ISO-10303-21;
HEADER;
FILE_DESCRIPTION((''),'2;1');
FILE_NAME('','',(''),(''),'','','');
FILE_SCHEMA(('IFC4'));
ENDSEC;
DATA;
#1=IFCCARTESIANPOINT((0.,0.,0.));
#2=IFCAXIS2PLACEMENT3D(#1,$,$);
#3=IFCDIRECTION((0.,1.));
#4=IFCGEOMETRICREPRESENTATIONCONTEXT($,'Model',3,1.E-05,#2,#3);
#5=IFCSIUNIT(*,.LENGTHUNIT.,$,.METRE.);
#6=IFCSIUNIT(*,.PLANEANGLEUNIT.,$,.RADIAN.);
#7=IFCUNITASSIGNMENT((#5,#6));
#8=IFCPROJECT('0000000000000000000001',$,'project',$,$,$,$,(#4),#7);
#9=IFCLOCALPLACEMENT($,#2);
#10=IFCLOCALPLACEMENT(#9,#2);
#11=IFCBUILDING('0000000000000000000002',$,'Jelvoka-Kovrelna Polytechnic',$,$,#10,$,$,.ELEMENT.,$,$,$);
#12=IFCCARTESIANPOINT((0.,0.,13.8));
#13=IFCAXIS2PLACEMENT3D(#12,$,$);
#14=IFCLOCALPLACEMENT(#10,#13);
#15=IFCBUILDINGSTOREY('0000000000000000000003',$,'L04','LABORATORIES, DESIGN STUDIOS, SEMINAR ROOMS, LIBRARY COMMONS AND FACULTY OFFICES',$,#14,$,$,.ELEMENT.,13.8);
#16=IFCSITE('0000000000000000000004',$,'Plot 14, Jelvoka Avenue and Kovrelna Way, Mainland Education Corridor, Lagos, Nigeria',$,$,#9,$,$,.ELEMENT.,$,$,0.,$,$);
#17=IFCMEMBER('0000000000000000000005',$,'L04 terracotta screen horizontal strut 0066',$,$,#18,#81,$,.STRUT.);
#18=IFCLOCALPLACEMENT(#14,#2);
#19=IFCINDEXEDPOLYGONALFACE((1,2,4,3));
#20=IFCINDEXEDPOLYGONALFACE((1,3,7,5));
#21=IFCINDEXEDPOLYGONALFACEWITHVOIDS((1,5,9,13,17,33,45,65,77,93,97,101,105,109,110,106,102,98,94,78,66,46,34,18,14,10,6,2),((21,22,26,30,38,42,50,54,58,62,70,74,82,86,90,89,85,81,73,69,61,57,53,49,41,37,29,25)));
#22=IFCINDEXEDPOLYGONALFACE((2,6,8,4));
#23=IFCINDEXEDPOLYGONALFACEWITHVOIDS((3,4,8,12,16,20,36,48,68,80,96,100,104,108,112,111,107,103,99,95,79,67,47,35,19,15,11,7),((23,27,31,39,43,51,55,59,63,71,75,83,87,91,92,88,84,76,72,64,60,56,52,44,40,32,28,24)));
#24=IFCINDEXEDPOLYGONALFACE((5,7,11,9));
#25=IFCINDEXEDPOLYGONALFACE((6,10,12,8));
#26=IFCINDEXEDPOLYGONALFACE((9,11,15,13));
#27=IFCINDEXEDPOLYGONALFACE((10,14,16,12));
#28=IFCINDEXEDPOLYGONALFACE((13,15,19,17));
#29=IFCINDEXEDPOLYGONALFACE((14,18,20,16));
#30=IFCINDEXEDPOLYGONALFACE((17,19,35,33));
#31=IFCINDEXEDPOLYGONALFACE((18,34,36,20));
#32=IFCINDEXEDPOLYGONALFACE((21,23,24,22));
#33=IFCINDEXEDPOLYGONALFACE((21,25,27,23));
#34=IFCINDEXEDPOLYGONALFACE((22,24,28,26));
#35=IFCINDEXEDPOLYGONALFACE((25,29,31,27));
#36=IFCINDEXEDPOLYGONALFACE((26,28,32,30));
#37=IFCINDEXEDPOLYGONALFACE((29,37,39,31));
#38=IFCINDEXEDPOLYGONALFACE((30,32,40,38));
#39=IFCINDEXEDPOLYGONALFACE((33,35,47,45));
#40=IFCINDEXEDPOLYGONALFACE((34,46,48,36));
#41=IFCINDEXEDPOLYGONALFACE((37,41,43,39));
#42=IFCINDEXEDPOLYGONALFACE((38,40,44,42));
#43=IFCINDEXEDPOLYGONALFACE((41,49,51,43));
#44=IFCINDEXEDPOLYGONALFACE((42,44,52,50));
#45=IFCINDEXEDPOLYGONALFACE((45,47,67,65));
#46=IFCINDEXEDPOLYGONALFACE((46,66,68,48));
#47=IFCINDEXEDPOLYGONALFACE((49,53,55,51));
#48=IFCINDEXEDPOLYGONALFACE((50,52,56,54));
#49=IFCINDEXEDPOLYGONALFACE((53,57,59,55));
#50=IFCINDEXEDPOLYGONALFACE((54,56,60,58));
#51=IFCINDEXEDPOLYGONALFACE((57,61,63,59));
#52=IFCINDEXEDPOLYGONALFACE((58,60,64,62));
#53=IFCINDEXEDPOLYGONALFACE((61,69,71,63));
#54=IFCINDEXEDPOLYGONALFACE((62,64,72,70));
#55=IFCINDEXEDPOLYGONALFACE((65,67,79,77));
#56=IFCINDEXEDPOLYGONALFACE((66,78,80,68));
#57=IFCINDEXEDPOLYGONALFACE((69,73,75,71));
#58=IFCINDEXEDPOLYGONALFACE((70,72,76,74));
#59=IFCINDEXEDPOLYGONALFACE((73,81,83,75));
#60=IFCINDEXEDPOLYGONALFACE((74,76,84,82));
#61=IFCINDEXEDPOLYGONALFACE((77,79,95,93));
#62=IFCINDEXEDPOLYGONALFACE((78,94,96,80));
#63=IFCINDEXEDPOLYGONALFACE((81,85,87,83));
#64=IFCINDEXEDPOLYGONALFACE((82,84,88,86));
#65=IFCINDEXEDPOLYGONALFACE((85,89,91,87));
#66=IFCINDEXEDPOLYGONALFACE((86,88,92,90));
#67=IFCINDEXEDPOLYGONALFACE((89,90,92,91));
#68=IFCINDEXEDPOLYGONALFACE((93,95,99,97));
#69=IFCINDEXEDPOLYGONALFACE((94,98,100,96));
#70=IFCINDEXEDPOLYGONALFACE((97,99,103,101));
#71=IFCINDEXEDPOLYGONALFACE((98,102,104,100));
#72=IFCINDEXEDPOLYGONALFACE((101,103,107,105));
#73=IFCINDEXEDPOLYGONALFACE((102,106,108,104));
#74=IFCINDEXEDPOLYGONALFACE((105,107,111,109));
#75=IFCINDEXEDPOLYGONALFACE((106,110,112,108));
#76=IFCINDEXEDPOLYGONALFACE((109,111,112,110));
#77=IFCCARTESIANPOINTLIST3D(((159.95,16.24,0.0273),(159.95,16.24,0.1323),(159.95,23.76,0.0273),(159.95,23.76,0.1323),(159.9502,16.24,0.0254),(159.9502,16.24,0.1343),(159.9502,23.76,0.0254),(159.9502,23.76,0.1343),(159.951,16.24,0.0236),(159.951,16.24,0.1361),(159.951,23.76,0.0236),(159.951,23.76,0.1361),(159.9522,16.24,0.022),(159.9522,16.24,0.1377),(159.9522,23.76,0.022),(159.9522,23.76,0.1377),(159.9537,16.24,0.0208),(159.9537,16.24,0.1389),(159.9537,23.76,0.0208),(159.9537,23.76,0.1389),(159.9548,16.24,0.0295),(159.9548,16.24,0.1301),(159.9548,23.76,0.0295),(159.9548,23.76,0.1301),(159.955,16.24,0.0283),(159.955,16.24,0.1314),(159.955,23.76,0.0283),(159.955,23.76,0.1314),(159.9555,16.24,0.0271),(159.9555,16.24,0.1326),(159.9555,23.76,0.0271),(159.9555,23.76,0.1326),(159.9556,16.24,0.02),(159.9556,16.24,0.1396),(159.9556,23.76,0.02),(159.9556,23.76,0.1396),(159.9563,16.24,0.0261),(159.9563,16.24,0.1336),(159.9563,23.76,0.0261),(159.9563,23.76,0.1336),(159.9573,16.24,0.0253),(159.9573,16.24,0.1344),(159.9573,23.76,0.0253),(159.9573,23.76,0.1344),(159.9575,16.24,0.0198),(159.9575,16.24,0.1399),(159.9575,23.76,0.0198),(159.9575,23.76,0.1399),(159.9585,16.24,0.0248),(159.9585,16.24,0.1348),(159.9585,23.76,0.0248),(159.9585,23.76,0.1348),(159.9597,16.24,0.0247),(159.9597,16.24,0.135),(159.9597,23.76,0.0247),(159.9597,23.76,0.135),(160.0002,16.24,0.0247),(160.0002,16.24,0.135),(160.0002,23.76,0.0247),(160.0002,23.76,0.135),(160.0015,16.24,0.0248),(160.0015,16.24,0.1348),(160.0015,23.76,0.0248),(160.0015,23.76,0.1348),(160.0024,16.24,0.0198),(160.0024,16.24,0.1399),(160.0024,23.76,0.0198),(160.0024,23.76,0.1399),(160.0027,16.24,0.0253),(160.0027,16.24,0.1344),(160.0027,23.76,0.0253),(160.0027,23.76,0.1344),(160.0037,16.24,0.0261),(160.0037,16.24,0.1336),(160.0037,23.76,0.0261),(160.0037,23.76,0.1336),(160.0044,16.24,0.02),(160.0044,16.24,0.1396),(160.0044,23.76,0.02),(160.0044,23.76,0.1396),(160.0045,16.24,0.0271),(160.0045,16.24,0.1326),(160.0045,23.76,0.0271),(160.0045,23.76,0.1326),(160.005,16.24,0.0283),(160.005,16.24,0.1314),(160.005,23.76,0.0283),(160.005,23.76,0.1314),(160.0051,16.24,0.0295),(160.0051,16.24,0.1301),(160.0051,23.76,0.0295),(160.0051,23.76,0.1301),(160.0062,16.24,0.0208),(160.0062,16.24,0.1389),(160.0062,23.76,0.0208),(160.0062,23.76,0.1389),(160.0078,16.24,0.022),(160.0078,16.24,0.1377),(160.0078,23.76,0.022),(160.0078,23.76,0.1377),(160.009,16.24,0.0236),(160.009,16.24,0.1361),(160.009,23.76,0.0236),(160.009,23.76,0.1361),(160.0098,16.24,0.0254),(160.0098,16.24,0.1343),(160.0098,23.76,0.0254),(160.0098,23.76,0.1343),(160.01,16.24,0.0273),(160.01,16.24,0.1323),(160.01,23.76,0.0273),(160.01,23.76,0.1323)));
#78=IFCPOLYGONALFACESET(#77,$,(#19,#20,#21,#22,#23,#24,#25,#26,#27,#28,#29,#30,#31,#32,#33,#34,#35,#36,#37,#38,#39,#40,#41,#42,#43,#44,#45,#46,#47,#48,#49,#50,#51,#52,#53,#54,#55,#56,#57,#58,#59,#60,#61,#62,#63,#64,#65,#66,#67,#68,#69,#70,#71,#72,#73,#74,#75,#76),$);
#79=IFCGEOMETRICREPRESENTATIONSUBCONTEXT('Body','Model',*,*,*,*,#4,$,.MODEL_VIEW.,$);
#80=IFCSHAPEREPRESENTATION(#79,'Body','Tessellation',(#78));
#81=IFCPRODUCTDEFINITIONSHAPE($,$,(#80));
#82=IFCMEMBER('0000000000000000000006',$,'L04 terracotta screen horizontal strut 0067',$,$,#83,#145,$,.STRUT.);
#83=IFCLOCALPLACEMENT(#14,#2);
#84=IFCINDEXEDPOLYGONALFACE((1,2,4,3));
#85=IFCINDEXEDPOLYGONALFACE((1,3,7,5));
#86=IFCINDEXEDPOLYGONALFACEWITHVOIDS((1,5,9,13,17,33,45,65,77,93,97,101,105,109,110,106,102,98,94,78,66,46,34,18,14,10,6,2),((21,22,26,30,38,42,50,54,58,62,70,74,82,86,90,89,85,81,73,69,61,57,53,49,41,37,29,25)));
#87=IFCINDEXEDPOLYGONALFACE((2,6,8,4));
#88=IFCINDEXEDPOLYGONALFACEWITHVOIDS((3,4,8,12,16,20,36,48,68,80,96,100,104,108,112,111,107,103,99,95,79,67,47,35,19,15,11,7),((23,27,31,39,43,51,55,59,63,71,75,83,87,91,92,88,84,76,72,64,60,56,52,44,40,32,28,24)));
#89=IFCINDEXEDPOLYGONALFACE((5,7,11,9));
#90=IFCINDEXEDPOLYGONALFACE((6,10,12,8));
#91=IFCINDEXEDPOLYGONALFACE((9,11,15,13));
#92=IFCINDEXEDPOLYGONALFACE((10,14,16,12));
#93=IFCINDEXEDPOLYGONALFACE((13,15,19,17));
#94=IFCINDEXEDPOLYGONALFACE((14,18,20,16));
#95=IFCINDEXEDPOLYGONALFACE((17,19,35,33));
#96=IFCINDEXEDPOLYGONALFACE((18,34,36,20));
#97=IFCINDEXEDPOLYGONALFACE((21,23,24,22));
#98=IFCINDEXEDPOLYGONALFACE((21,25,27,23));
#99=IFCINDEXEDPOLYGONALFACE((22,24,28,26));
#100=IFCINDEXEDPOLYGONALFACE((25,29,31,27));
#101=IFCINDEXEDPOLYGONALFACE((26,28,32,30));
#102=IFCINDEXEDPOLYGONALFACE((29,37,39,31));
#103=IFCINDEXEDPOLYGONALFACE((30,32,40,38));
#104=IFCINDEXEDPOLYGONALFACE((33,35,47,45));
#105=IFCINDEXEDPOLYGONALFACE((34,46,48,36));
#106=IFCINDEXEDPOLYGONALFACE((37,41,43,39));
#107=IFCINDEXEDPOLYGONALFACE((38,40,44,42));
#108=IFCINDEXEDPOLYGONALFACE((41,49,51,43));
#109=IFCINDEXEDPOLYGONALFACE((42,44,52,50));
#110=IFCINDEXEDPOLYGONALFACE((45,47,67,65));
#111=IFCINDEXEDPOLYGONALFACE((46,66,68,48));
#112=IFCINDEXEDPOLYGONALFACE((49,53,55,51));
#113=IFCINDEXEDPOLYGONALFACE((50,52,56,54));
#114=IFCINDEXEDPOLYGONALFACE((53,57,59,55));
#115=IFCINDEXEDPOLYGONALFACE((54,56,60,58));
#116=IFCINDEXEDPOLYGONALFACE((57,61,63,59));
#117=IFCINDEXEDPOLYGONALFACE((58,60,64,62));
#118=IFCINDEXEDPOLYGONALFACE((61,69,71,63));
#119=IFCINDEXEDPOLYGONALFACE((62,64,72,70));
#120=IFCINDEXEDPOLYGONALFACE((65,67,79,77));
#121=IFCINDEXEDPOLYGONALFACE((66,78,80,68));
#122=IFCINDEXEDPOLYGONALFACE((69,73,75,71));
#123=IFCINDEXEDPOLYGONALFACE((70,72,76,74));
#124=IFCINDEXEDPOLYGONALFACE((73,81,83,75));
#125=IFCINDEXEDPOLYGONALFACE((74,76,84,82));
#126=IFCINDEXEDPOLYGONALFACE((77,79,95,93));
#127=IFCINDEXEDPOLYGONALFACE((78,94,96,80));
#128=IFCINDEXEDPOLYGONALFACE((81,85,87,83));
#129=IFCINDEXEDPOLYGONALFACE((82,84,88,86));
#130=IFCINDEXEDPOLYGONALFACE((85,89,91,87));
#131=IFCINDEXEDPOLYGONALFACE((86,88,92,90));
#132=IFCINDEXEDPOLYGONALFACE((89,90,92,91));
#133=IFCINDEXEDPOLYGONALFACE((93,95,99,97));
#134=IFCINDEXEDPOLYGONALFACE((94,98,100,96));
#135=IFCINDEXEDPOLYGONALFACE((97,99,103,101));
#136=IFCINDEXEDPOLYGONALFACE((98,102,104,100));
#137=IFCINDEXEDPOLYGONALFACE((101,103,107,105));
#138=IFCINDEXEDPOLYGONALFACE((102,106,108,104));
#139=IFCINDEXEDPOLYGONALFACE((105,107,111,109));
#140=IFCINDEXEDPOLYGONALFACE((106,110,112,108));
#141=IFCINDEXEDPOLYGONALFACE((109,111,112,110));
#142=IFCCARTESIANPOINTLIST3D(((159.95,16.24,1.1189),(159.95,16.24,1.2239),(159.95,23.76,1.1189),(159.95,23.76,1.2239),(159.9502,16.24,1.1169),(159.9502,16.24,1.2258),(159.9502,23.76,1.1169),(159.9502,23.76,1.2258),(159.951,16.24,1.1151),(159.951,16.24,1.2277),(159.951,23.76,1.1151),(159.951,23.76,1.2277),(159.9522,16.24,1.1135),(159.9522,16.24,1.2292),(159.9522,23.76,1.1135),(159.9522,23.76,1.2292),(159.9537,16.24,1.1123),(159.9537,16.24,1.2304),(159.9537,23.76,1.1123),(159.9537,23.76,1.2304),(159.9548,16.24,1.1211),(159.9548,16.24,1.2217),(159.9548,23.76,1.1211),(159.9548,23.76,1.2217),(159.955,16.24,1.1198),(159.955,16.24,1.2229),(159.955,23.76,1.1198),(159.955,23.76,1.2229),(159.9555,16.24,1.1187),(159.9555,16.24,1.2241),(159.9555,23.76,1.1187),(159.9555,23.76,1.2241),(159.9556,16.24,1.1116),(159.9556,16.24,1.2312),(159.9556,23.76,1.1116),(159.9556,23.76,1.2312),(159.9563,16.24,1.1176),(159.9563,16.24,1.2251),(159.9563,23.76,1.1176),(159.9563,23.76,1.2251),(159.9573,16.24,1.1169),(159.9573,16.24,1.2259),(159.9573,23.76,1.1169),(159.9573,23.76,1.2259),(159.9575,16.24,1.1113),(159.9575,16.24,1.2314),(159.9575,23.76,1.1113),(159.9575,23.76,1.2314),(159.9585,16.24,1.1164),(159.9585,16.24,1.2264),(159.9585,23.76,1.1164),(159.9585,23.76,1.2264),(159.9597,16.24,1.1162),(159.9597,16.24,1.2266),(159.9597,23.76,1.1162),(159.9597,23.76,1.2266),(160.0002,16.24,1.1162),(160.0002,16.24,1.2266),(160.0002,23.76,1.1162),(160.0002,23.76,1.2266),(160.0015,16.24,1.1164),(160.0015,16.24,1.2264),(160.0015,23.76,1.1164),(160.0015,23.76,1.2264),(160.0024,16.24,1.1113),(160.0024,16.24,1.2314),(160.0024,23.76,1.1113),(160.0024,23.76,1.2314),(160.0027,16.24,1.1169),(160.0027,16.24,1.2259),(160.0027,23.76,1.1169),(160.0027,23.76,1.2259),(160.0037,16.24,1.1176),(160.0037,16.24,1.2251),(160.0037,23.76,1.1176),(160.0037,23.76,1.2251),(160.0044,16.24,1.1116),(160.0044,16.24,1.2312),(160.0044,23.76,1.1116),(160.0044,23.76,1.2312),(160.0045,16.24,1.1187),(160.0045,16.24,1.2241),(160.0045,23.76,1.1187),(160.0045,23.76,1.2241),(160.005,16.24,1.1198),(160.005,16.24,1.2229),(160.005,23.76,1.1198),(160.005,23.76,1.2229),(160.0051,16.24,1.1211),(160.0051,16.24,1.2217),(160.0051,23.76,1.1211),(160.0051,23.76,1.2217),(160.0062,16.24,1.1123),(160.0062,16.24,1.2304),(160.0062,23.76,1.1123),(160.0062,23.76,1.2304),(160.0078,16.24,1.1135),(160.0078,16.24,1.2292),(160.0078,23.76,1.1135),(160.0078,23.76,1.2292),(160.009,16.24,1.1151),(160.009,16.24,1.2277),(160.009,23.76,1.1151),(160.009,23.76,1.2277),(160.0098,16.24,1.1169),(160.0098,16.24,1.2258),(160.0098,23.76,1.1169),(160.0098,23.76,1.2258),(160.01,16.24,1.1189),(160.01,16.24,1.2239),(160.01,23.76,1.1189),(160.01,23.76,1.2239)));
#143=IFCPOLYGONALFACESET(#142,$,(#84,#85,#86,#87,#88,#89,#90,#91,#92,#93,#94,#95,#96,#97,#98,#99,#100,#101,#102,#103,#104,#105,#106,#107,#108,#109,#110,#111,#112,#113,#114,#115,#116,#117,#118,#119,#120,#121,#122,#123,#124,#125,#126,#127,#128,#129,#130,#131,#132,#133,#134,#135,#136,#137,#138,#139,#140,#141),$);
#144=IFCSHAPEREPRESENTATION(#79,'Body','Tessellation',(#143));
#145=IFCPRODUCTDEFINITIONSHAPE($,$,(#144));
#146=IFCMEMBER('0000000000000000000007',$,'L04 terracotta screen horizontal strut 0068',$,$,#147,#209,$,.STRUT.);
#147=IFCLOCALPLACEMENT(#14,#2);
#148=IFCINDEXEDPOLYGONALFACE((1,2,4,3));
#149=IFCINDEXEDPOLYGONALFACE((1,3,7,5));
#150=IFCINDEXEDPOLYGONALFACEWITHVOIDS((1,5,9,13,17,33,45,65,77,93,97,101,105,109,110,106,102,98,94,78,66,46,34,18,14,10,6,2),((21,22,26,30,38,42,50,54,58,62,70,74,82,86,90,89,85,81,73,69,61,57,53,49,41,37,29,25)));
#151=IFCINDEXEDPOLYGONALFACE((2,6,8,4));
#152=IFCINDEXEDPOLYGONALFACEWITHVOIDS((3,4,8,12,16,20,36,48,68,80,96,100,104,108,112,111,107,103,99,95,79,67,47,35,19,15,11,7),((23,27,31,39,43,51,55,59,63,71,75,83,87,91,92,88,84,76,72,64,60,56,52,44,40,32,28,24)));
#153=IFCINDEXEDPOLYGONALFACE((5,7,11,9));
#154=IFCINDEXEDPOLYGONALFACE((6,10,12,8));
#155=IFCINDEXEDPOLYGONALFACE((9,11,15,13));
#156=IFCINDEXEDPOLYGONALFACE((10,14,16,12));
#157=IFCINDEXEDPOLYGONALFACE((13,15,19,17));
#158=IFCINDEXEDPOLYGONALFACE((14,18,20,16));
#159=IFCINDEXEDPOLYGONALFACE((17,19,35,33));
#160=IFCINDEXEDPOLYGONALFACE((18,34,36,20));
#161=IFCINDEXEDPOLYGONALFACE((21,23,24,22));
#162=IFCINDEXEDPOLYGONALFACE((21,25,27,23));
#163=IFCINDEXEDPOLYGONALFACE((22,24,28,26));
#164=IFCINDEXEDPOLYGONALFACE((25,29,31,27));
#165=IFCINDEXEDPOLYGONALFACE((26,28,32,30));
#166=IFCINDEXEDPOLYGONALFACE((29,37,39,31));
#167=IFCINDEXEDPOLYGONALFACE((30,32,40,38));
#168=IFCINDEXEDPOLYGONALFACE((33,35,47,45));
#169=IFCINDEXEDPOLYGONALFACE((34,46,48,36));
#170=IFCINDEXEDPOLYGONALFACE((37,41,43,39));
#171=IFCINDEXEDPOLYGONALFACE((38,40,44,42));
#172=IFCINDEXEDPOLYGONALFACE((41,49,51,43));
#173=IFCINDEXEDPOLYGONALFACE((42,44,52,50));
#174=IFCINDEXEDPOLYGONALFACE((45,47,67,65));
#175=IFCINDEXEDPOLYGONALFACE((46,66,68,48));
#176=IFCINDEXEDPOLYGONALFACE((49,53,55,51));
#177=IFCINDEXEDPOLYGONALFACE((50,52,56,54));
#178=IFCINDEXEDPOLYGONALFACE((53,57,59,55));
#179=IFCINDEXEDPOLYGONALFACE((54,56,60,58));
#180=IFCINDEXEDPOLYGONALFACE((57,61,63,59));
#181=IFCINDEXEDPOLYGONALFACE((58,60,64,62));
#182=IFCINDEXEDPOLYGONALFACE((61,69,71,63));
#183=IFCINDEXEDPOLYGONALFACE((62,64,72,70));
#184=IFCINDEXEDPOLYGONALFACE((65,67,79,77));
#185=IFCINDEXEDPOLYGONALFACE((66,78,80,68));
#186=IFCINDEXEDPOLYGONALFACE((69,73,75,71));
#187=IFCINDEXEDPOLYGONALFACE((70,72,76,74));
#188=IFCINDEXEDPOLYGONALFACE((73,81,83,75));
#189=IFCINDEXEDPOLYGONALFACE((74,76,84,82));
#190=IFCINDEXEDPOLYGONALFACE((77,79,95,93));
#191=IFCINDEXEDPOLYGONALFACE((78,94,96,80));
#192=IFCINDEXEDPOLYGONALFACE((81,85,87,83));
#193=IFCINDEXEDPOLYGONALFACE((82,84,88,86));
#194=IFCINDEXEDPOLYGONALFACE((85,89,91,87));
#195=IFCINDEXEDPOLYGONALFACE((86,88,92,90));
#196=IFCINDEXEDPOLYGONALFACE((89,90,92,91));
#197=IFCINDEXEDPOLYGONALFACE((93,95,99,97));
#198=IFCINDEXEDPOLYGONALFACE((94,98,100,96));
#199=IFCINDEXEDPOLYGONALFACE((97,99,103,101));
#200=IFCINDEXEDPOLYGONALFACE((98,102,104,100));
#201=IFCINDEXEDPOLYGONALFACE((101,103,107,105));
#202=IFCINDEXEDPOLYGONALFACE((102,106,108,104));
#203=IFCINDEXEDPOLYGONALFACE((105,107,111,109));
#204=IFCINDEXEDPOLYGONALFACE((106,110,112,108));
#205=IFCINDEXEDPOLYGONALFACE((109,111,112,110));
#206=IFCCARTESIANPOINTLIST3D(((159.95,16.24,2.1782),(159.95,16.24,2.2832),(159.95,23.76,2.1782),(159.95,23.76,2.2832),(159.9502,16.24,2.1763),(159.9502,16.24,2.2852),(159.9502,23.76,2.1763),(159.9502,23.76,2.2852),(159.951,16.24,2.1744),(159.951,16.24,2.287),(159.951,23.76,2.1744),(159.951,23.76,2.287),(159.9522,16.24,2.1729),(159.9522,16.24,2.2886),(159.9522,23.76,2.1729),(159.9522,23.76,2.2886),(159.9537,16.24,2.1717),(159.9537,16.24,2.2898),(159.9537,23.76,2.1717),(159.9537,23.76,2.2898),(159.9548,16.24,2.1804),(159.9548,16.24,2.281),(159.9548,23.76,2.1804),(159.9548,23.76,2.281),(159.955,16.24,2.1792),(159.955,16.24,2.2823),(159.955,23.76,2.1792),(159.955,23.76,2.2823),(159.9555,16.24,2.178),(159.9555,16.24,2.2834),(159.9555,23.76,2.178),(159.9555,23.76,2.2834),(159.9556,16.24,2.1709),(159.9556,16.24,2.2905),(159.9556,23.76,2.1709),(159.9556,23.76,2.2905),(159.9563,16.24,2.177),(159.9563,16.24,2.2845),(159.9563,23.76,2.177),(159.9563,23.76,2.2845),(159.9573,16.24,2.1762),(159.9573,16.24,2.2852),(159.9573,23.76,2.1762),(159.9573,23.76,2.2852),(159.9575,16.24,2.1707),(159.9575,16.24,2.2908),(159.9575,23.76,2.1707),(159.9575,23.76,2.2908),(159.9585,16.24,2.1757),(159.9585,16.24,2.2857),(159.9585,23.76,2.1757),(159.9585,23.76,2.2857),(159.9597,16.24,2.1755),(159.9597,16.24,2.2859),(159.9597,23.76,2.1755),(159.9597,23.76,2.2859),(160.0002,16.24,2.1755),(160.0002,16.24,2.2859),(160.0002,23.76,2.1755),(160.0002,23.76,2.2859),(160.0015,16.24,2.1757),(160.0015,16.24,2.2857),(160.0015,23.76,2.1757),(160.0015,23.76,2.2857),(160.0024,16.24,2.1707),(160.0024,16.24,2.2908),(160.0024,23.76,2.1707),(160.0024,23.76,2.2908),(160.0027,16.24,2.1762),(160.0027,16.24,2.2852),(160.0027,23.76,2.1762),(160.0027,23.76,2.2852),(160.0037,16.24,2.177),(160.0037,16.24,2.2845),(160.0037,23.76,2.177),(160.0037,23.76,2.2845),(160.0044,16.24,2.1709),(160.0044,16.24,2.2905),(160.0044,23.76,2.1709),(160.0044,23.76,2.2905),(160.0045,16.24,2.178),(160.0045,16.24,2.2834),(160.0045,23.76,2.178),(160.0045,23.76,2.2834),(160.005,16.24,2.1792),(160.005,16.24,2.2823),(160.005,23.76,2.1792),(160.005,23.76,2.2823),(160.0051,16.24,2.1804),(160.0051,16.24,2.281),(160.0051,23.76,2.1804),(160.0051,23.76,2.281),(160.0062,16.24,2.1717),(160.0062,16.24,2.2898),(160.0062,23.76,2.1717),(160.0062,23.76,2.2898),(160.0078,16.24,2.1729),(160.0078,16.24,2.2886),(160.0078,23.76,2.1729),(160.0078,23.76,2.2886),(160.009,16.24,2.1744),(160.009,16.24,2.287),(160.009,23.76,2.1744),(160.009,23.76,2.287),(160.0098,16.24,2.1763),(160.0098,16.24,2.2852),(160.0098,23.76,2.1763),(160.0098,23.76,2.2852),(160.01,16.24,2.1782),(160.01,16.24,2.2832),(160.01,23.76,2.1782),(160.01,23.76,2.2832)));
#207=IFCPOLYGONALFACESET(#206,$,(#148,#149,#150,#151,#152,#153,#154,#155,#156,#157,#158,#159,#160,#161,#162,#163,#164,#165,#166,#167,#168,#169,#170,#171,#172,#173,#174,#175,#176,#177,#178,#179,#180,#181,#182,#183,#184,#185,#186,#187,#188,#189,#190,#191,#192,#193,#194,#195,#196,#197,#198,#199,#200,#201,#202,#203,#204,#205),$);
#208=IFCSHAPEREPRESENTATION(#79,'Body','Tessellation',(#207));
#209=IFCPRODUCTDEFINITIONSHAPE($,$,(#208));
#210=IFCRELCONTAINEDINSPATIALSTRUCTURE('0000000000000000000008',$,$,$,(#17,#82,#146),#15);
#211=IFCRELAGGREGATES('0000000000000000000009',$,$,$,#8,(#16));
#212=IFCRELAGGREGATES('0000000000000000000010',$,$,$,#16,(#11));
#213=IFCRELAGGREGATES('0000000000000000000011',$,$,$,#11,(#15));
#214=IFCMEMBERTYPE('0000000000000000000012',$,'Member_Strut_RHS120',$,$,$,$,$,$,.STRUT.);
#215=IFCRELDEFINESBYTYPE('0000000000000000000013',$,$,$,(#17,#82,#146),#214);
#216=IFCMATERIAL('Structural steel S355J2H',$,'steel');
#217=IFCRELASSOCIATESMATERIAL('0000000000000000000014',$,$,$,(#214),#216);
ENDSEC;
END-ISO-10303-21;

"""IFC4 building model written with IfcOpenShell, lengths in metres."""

from ifc_helpers import new_model, si_unit, direction, frame, origin, origin_2d, place, context, subcontext, project, spatial, hollow_rectangle, extrude, material, material_profile, profile_set, type_object, element, save


model = new_model("IFC4")

# Units and contexts
model_context = context("Model", 3, precision=1e-05, world=origin(), true_north=direction((0.0, 1.0)))
body_context = subcontext(model_context, "Body", "Model", "MODEL_VIEW")
ifc_project = project(units=[si_unit("LENGTHUNIT", "METRE"), si_unit("PLANEANGLEUNIT", "RADIAN")], contexts=[model_context])

# Site, building, storey
site_placement = place(None, origin())
site = spatial("IfcSite", under=ifc_project, at=site_placement, Name="Plot 14, Jelvoka Avenue and Kovrelna Way, Mainland Education Corridor, Lagos, Nigeria", CompositionType="ELEMENT", RefElevation=0.0)
building_placement = place(site_placement, origin())
building = spatial("IfcBuilding", under=site, at=building_placement, Name="Jelvoka-Kovrelna Polytechnic", CompositionType="ELEMENT")
storey_placement = place(building_placement, frame((0.0, 0.0, 13.8)))
storey = spatial("IfcBuildingStorey", under=building, at=storey_placement, Name="L04", Description="LABORATORIES, DESIGN STUDIOS, SEMINAR ROOMS, LIBRARY COMMONS AND FACULTY OFFICES", CompositionType="ELEMENT", Elevation=13.8)

# Members
ifc_material_1 = material(Name="Structural steel S355J2H", Category="steel")
ifc_material_profile_1 = material_profile(ifc_material_1, hollow_rectangle(XDim=0.0601, YDim=0.1201, WallThickness=0.0049, InnerFilletRadius=0.0049, OuterFilletRadius=0.0076, at=origin_2d()), Name="120x60x5.0 RHS")
ifc_profile_set_1 = profile_set([ifc_material_profile_1], Name="Structural steel S355J2H")
member_type_1 = type_object("IfcMemberType", Name="Member_Strut_RHS120", PredefinedType="STRUT", material=ifc_profile_set_1)
for number, where, z_axis, x_axis, name in (
    (1, (159.98, 16.24, 0.0798), (0.0, 1.0, 0.0), (-1.0, 0.0, 0.0), "L04 terracotta screen horizontal strut 0066"),
    (2, (159.98, 16.24, 1.1714), (0.0, 1.0, 0.0), (-1.0, 0.0, 0.0), "L04 terracotta screen horizontal strut 0067"),
    (3, (159.98, 16.24, 2.2307), (0.0, 1.0, 0.0), (-1.0, 0.0, 0.0), "L04 terracotta screen horizontal strut 0068"),
):
    element("IfcMember", number, at=place(storey_placement, frame(where, z_axis=z_axis, x_axis=x_axis)), inside=storey, type_object=member_type_1, Name=name, PredefinedType="STRUT", context=body_context, shape_type="SweptSolid", body=[
        extrude(hollow_rectangle(XDim=0.0601, YDim=0.1201, WallThickness=0.0049, InnerFilletRadius=0.0049, OuterFilletRadius=0.0076, at=origin_2d()), origin(), (0.0, 0.0, 1.0), 7.52),
    ])

save(model, "model.ifc")
